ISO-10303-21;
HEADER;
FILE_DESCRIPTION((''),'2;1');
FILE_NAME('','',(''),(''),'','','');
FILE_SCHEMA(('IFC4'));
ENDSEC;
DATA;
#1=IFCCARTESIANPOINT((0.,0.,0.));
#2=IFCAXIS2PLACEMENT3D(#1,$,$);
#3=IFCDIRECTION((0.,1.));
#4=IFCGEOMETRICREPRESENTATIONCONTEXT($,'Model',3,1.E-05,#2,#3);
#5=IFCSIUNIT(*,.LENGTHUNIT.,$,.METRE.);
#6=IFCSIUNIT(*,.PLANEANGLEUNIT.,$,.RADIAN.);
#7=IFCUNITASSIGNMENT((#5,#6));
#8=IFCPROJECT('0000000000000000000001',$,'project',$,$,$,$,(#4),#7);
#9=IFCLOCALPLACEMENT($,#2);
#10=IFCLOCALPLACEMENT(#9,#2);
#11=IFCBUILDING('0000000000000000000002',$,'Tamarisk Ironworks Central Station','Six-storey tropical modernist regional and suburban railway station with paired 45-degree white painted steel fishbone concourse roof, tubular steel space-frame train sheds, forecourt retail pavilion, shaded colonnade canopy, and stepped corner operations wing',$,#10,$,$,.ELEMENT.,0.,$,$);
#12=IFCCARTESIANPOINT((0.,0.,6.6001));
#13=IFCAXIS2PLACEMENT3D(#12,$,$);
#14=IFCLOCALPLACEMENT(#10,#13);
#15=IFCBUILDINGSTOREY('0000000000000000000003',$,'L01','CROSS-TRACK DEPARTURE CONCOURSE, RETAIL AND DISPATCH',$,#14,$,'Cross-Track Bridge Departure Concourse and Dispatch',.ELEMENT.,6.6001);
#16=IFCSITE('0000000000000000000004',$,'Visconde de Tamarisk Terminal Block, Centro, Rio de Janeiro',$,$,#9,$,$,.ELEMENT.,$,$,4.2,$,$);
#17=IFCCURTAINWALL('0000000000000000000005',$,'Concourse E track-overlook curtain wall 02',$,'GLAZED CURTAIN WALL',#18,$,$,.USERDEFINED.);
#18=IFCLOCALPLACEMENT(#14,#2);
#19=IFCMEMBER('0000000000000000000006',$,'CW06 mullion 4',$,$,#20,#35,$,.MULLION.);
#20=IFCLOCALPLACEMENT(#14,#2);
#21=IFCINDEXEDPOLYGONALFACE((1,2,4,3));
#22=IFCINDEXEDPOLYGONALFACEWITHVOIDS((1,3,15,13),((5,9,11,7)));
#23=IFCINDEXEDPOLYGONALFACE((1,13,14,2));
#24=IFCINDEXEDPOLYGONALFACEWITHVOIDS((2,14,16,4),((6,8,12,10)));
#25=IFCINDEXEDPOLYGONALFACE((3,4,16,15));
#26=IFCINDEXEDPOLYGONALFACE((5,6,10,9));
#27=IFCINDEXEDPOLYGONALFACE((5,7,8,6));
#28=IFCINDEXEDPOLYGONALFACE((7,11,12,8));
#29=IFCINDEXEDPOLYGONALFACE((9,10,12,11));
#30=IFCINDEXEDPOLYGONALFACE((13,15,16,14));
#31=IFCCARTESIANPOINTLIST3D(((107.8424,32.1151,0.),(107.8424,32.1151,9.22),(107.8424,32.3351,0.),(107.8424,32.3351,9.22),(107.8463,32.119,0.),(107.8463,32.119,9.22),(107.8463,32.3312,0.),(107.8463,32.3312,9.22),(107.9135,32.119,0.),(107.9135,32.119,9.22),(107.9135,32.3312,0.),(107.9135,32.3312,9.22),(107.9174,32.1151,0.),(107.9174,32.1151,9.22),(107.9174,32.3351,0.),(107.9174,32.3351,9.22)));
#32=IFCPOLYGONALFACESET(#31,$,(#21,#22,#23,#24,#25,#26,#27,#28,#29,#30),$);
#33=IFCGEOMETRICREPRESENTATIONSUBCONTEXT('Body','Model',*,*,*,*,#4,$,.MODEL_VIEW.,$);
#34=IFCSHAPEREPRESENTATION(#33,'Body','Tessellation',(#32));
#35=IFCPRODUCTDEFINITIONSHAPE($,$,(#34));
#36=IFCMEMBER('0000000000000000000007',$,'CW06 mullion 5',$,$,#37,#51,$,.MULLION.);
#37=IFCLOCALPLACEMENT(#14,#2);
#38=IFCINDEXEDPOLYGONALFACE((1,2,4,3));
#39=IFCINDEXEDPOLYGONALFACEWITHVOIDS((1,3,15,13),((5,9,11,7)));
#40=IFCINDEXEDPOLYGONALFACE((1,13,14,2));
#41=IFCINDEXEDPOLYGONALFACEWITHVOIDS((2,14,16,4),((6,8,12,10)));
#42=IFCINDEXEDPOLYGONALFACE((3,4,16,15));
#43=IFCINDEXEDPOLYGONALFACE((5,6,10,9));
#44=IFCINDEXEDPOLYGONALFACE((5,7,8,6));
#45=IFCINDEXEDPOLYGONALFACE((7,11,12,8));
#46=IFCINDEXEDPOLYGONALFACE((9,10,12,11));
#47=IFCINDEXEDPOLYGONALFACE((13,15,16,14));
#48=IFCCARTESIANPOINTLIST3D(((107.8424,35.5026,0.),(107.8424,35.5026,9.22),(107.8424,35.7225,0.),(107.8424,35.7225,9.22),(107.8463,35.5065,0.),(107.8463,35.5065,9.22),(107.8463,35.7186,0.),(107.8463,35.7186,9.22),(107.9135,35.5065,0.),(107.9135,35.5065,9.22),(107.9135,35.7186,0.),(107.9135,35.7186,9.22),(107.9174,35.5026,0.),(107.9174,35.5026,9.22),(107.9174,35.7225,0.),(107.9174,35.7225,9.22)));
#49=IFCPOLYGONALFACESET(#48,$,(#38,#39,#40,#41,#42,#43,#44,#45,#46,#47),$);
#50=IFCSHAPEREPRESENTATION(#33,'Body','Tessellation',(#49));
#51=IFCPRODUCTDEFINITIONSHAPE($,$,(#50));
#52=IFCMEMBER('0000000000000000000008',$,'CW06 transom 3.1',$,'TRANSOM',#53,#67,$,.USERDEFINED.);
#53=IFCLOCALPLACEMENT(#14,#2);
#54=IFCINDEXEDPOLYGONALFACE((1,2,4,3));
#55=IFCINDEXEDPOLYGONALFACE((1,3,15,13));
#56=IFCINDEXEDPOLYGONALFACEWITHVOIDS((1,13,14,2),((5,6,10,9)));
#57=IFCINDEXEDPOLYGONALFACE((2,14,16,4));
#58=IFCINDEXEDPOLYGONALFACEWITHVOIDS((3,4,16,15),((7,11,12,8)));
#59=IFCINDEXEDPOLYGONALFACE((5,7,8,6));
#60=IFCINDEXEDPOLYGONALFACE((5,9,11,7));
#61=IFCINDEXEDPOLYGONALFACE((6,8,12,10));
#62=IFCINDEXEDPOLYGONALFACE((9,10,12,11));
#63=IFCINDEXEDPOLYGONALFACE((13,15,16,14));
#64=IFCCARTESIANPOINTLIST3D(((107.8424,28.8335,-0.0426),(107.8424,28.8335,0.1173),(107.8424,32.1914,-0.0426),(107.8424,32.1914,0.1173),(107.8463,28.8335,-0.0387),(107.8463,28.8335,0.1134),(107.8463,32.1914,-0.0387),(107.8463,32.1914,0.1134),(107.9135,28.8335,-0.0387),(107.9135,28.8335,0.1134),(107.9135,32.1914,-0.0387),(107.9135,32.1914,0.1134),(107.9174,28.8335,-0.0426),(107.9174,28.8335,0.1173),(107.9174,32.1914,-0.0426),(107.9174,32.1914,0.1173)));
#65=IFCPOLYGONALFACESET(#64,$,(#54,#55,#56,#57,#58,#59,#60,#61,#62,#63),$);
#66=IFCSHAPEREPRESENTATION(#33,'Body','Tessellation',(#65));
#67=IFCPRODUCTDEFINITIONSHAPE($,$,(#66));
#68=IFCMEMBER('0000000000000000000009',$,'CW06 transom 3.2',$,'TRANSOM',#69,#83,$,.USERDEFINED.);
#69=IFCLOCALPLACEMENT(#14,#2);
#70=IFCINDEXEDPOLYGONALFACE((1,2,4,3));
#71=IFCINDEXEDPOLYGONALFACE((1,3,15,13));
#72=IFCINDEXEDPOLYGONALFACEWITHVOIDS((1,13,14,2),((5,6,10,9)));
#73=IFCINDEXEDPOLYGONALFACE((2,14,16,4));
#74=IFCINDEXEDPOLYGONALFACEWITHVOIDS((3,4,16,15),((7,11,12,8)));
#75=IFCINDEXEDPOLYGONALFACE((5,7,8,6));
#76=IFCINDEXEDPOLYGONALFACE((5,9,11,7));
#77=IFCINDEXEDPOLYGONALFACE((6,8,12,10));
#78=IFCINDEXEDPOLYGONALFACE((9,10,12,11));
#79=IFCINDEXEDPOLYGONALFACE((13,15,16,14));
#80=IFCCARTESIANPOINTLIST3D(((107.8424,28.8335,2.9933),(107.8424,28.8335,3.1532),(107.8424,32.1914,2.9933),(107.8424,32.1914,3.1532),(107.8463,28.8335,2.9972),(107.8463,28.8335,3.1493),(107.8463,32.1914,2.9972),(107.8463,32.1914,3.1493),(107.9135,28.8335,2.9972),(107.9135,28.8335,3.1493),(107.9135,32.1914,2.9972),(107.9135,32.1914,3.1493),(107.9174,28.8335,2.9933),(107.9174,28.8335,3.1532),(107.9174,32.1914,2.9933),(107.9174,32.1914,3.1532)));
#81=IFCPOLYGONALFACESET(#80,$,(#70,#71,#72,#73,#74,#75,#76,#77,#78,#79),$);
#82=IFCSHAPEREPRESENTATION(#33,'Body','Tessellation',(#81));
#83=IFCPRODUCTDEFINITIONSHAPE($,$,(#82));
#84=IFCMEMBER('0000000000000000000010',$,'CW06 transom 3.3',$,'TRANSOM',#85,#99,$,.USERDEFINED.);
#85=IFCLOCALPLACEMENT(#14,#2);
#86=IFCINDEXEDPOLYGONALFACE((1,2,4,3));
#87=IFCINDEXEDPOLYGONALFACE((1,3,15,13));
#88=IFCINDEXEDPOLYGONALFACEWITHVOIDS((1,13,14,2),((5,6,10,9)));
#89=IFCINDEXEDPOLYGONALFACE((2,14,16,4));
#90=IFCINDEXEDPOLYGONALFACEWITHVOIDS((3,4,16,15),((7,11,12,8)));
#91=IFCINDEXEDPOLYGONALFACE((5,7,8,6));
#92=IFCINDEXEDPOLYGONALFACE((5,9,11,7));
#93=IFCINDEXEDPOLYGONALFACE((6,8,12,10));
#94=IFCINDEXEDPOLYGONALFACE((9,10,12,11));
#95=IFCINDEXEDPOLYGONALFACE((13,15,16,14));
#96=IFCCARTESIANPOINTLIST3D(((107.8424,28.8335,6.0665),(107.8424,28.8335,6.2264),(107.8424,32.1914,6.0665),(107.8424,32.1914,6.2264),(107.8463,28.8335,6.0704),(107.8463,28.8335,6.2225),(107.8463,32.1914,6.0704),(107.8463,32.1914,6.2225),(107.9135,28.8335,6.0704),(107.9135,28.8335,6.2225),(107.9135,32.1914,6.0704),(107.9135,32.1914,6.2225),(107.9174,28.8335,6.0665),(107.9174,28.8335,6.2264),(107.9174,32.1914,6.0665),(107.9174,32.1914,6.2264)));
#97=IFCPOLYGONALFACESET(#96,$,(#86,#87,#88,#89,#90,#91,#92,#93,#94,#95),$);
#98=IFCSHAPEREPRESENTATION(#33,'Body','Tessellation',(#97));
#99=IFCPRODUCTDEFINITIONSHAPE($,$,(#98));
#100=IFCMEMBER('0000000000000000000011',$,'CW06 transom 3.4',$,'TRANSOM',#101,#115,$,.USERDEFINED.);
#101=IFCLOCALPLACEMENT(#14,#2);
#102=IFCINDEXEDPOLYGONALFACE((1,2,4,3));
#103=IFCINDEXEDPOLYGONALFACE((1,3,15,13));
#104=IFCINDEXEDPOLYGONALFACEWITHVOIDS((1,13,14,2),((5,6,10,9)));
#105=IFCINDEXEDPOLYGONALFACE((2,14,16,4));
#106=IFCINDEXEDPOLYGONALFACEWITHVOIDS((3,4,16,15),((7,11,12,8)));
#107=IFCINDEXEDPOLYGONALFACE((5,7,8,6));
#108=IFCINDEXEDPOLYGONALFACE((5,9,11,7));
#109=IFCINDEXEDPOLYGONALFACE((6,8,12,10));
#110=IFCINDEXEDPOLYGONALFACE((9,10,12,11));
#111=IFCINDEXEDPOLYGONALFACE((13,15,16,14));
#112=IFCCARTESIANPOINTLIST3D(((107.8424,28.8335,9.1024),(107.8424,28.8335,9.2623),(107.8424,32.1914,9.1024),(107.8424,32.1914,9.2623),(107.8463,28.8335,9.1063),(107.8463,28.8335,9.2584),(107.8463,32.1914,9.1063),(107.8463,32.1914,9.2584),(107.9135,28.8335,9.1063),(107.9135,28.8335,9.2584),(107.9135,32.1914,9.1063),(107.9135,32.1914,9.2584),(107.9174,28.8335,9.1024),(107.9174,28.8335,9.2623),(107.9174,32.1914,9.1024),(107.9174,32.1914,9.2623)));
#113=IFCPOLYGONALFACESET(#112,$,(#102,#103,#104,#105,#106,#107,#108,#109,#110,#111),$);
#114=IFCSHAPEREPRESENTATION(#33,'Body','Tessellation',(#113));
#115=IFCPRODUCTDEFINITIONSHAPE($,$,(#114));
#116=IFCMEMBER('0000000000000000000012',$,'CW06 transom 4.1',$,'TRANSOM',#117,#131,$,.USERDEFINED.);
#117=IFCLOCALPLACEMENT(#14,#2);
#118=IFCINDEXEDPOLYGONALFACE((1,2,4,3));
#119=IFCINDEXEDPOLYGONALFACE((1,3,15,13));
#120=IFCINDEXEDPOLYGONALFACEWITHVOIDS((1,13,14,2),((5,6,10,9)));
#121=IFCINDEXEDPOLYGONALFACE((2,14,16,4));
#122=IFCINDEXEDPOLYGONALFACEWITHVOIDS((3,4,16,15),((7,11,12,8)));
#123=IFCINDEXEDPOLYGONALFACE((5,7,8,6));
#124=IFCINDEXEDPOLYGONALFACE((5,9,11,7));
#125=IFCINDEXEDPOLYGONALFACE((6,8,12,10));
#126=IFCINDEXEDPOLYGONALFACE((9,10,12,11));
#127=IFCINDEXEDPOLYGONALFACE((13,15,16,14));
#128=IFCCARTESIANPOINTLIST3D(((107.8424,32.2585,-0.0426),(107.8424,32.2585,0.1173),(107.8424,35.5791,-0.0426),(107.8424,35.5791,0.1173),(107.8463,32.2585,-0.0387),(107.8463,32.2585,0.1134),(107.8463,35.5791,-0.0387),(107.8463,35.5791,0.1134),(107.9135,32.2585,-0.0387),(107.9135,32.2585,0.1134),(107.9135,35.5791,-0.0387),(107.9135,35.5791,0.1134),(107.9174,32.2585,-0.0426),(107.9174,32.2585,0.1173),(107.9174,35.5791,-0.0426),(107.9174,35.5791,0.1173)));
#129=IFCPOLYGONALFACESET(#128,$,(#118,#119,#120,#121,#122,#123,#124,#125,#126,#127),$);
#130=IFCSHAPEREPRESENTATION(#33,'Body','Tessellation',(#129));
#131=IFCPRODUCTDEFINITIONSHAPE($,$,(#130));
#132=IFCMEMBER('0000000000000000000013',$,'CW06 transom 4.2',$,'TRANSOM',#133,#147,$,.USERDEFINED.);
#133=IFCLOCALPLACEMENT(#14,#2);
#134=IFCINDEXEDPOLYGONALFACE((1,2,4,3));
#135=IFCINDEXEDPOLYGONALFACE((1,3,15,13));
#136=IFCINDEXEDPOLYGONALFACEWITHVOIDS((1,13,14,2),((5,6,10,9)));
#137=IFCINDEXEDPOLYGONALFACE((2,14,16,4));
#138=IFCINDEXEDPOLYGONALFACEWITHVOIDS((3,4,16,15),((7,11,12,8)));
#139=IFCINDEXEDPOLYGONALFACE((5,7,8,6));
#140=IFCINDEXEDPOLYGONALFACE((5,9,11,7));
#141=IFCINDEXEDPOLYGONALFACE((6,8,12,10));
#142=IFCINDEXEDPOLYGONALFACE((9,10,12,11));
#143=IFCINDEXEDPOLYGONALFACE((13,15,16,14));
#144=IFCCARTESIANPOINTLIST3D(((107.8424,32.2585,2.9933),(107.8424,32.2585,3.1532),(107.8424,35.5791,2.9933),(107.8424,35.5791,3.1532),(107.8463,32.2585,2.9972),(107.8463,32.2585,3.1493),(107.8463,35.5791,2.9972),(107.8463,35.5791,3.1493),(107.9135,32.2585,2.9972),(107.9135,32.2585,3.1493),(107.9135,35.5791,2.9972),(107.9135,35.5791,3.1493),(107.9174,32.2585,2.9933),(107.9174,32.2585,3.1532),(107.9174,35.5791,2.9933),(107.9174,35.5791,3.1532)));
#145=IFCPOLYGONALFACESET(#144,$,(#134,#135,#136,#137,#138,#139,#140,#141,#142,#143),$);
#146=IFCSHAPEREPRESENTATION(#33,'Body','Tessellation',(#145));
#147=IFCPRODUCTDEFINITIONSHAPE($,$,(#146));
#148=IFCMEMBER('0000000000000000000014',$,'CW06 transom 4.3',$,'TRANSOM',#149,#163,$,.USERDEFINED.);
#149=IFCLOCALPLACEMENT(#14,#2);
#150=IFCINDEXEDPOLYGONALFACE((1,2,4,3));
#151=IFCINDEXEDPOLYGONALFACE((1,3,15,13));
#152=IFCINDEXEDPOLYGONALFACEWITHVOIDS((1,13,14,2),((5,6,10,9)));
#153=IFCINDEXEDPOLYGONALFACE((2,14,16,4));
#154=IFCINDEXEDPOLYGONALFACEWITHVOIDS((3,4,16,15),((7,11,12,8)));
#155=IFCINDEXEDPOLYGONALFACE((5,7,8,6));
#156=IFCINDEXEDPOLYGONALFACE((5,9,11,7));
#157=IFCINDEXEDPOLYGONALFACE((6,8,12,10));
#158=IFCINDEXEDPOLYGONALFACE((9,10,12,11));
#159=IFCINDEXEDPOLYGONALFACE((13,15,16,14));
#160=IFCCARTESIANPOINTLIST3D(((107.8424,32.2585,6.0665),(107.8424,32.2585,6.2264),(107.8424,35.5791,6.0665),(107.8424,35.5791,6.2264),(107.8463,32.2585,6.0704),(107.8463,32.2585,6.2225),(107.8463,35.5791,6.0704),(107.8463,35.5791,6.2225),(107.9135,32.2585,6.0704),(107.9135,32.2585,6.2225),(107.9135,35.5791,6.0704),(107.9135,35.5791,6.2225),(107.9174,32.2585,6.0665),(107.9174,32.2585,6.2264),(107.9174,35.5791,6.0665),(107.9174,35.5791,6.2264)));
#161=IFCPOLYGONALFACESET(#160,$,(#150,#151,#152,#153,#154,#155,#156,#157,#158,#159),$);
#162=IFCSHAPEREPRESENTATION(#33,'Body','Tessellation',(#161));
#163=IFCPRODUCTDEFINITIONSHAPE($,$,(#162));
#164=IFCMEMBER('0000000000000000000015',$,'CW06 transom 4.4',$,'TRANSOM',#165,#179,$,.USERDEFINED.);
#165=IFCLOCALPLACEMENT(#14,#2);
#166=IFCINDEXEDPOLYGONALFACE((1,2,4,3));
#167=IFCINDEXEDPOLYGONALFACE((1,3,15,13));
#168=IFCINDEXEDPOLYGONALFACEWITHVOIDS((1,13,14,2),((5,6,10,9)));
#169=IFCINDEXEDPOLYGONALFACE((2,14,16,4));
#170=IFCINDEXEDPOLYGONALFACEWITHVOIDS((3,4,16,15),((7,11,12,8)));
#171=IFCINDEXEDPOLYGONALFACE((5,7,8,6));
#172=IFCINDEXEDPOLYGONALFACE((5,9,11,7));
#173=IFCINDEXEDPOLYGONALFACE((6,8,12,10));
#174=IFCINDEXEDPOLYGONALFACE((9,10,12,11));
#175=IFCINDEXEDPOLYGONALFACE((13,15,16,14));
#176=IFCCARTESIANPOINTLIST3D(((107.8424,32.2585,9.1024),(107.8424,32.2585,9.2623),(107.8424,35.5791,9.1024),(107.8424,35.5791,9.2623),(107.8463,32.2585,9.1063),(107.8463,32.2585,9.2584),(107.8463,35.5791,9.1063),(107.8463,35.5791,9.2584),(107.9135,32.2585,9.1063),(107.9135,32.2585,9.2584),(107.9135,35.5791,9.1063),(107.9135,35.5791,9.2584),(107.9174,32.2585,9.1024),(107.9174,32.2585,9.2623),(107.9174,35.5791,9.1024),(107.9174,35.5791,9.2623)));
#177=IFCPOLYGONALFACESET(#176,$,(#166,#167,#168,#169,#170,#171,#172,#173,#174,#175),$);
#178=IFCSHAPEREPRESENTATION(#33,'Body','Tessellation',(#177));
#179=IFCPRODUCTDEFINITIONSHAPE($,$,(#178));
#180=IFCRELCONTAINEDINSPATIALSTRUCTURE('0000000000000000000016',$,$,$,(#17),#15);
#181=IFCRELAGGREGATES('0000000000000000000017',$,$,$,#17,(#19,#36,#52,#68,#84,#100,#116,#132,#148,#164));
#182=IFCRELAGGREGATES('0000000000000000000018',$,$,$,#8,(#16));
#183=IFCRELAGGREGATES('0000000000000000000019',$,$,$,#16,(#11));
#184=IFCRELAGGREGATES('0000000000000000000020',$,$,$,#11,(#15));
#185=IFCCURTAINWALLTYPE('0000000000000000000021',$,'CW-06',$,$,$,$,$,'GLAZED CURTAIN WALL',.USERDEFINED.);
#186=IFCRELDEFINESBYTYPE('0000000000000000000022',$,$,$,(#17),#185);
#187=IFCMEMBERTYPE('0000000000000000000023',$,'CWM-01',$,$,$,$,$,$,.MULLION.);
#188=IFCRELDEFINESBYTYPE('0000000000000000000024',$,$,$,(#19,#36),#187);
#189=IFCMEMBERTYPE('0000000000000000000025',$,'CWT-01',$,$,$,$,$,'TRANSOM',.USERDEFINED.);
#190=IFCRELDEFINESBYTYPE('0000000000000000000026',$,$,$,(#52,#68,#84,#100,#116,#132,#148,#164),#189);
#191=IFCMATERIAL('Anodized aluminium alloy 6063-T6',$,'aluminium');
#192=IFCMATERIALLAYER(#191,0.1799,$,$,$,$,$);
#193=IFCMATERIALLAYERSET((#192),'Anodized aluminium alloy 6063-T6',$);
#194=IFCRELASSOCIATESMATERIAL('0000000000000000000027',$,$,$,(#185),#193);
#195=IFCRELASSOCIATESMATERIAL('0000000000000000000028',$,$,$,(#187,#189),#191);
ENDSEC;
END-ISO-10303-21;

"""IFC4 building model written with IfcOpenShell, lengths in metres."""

from ifc_helpers import new_model, si_unit, direction, frame, origin, origin_2d, place, context, subcontext, project, spatial, hollow_rectangle, extrude, material, layer, layer_set, material_profile, profile_set, type_object, element, aggregate, save


model = new_model("IFC4")

# Units and contexts
model_context = context("Model", 3, precision=1e-05, world=origin(), true_north=direction((0.0, 1.0)))
body_context = subcontext(model_context, "Body", "Model", "MODEL_VIEW")
ifc_project = project(units=[si_unit("LENGTHUNIT", "METRE"), si_unit("PLANEANGLEUNIT", "RADIAN")], contexts=[model_context])

# Site, building, storey
site_placement = place(None, origin())
site = spatial("IfcSite", under=ifc_project, at=site_placement, Name="Visconde de Tamarisk Terminal Block, Centro, Rio de Janeiro", CompositionType="ELEMENT", RefElevation=4.2)
building_placement = place(site_placement, origin())
building = spatial("IfcBuilding", under=site, at=building_placement, Name="Tamarisk Ironworks Central Station", Description="Six-storey tropical modernist regional and suburban railway station with paired 45-degree white painted steel fishbone concourse roof, tubular steel space-frame train sheds, forecourt retail pavilion, shaded colonnade canopy, and stepped corner operations wing", CompositionType="ELEMENT", ElevationOfRefHeight=0.0)
storey_placement = place(building_placement, frame((0.0, 0.0, 6.6001)))
storey = spatial("IfcBuildingStorey", under=building, at=storey_placement, Name="L01", Description="CROSS-TRACK DEPARTURE CONCOURSE, RETAIL AND DISPATCH", LongName="Cross-Track Bridge Departure Concourse and Dispatch", CompositionType="ELEMENT", Elevation=6.6001)

# Curtain wall, members
ifc_material_1 = material(Name="Anodized aluminium alloy 6063-T6", Category="aluminium")
ifc_layer_1 = layer(ifc_material_1, 0.1799)
ifc_layer_set_1 = layer_set([ifc_layer_1], Name="Anodized aluminium alloy 6063-T6")
curtain_wall_type = type_object("IfcCurtainWallType", Name="CW-06", ElementType="GLAZED CURTAIN WALL", PredefinedType="USERDEFINED", material=ifc_layer_set_1)
curtain_wall_placement = place(storey_placement, origin())
curtain_wall = element("IfcCurtainWall", 1, at=curtain_wall_placement, inside=storey, type_object=curtain_wall_type, Name="Concourse E track-overlook curtain wall 02", ObjectType="GLAZED CURTAIN WALL", PredefinedType="USERDEFINED")
ifc_material_profile_1 = material_profile(ifc_material_1, hollow_rectangle(XDim=0.075, YDim=0.22, WallThickness=0.0039, at=origin_2d()), Name="ALUM 220x75")
ifc_profile_set_1 = profile_set([ifc_material_profile_1], Name="Anodized aluminium alloy 6063-T6")
member_type_1 = type_object("IfcMemberType", Name="CWM-01", PredefinedType="MULLION", material=ifc_profile_set_1)
member_1_placement = place(storey_placement, frame((107.8799, 32.2251, 0.0), z_axis=(0.0, 0.0, 1.0), x_axis=(-1.0, 0.0, 0.0)))
member_1 = element("IfcMember", 2, at=member_1_placement, type_object=member_type_1, Name="CW06 mullion 4", PredefinedType="MULLION", context=body_context, shape_type="SweptSolid", body=[
    extrude(hollow_rectangle(XDim=0.075, YDim=0.22, WallThickness=0.0039, at=origin_2d()), origin(), (0.0, 0.0, 1.0), 9.22),
])
member_2_placement = place(storey_placement, frame((107.8799, 35.6125, 0.0), z_axis=(0.0, 0.0, 1.0), x_axis=(-1.0, 0.0, 0.0)))
member_2 = element("IfcMember", 3, at=member_2_placement, type_object=member_type_1, Name="CW06 mullion 5", PredefinedType="MULLION", context=body_context, shape_type="SweptSolid", body=[
    extrude(hollow_rectangle(XDim=0.075, YDim=0.22, WallThickness=0.0039, at=origin_2d()), origin(), (0.0, 0.0, 1.0), 9.22),
])
ifc_material_profile_2 = material_profile(ifc_material_1, hollow_rectangle(XDim=0.075, YDim=0.1599, WallThickness=0.0039, at=origin_2d()), Name="ALUM 160x75")
ifc_profile_set_2 = profile_set([ifc_material_profile_2], Name="Anodized aluminium alloy 6063-T6")
member_type_2 = type_object("IfcMemberType", Name="CWT-01", ElementType="TRANSOM", PredefinedType="USERDEFINED", material=ifc_profile_set_2)
member_3_placement = place(storey_placement, frame((107.8799, 28.8335, 0.0374), z_axis=(0.0, 1.0, 0.0), x_axis=(-1.0, 0.0, 0.0)))
member_3 = element("IfcMember", 4, at=member_3_placement, type_object=member_type_2, Name="CW06 transom 3.1", ObjectType="TRANSOM", PredefinedType="USERDEFINED", context=body_context, shape_type="SweptSolid", body=[
    extrude(hollow_rectangle(XDim=0.075, YDim=0.1599, WallThickness=0.0039, at=origin_2d()), origin(), (0.0, 0.0, 1.0), 3.3579),
])
member_4_placement = place(storey_placement, frame((107.8799, 28.8335, 3.0732), z_axis=(0.0, 1.0, 0.0), x_axis=(-1.0, 0.0, 0.0)))
member_4 = element("IfcMember", 5, at=member_4_placement, type_object=member_type_2, Name="CW06 transom 3.2", ObjectType="TRANSOM", PredefinedType="USERDEFINED", context=body_context, shape_type="SweptSolid", body=[
    extrude(hollow_rectangle(XDim=0.075, YDim=0.1599, WallThickness=0.0039, at=origin_2d()), origin(), (0.0, 0.0, 1.0), 3.3579),
])
member_5_placement = place(storey_placement, frame((107.8799, 28.8335, 6.1465), z_axis=(0.0, 1.0, 0.0), x_axis=(-1.0, 0.0, 0.0)))
member_5 = element("IfcMember", 6, at=member_5_placement, type_object=member_type_2, Name="CW06 transom 3.3", ObjectType="TRANSOM", PredefinedType="USERDEFINED", context=body_context, shape_type="SweptSolid", body=[
    extrude(hollow_rectangle(XDim=0.075, YDim=0.1599, WallThickness=0.0039, at=origin_2d()), origin(), (0.0, 0.0, 1.0), 3.3579),
])
member_6_placement = place(storey_placement, frame((107.8799, 28.8335, 9.1824), z_axis=(0.0, 1.0, 0.0), x_axis=(-1.0, 0.0, 0.0)))
member_6 = element("IfcMember", 7, at=member_6_placement, type_object=member_type_2, Name="CW06 transom 3.4", ObjectType="TRANSOM", PredefinedType="USERDEFINED", context=body_context, shape_type="SweptSolid", body=[
    extrude(hollow_rectangle(XDim=0.075, YDim=0.1599, WallThickness=0.0039, at=origin_2d()), origin(), (0.0, 0.0, 1.0), 3.3579),
])
member_7_placement = place(storey_placement, frame((107.8799, 32.2585, 0.0374), z_axis=(0.0, 1.0, 0.0), x_axis=(-1.0, 0.0, 0.0)))
member_7 = element("IfcMember", 8, at=member_7_placement, type_object=member_type_2, Name="CW06 transom 4.1", ObjectType="TRANSOM", PredefinedType="USERDEFINED", context=body_context, shape_type="SweptSolid", body=[
    extrude(hollow_rectangle(XDim=0.075, YDim=0.1599, WallThickness=0.0039, at=origin_2d()), origin(), (0.0, 0.0, 1.0), 3.3206),
])
member_8_placement = place(storey_placement, frame((107.8799, 32.2585, 3.0732), z_axis=(0.0, 1.0, 0.0), x_axis=(-1.0, 0.0, 0.0)))
member_8 = element("IfcMember", 9, at=member_8_placement, type_object=member_type_2, Name="CW06 transom 4.2", ObjectType="TRANSOM", PredefinedType="USERDEFINED", context=body_context, shape_type="SweptSolid", body=[
    extrude(hollow_rectangle(XDim=0.075, YDim=0.1599, WallThickness=0.0039, at=origin_2d()), origin(), (0.0, 0.0, 1.0), 3.3206),
])
member_9_placement = place(storey_placement, frame((107.8799, 32.2585, 6.1465), z_axis=(0.0, 1.0, 0.0), x_axis=(-1.0, 0.0, 0.0)))
member_9 = element("IfcMember", 10, at=member_9_placement, type_object=member_type_2, Name="CW06 transom 4.3", ObjectType="TRANSOM", PredefinedType="USERDEFINED", context=body_context, shape_type="SweptSolid", body=[
    extrude(hollow_rectangle(XDim=0.075, YDim=0.1599, WallThickness=0.0039, at=origin_2d()), origin(), (0.0, 0.0, 1.0), 3.3206),
])
member_10_placement = place(storey_placement, frame((107.8799, 32.2585, 9.1824), z_axis=(0.0, 1.0, 0.0), x_axis=(-1.0, 0.0, 0.0)))
member_10 = element("IfcMember", 11, at=member_10_placement, type_object=member_type_2, Name="CW06 transom 4.4", ObjectType="TRANSOM", PredefinedType="USERDEFINED", context=body_context, shape_type="SweptSolid", body=[
    extrude(hollow_rectangle(XDim=0.075, YDim=0.1599, WallThickness=0.0039, at=origin_2d()), origin(), (0.0, 0.0, 1.0), 3.3206),
])

aggregate(curtain_wall, [member_1, member_2, member_3, member_4, member_5, member_6, member_7, member_8, member_9, member_10])

save(model, "model.ifc")
